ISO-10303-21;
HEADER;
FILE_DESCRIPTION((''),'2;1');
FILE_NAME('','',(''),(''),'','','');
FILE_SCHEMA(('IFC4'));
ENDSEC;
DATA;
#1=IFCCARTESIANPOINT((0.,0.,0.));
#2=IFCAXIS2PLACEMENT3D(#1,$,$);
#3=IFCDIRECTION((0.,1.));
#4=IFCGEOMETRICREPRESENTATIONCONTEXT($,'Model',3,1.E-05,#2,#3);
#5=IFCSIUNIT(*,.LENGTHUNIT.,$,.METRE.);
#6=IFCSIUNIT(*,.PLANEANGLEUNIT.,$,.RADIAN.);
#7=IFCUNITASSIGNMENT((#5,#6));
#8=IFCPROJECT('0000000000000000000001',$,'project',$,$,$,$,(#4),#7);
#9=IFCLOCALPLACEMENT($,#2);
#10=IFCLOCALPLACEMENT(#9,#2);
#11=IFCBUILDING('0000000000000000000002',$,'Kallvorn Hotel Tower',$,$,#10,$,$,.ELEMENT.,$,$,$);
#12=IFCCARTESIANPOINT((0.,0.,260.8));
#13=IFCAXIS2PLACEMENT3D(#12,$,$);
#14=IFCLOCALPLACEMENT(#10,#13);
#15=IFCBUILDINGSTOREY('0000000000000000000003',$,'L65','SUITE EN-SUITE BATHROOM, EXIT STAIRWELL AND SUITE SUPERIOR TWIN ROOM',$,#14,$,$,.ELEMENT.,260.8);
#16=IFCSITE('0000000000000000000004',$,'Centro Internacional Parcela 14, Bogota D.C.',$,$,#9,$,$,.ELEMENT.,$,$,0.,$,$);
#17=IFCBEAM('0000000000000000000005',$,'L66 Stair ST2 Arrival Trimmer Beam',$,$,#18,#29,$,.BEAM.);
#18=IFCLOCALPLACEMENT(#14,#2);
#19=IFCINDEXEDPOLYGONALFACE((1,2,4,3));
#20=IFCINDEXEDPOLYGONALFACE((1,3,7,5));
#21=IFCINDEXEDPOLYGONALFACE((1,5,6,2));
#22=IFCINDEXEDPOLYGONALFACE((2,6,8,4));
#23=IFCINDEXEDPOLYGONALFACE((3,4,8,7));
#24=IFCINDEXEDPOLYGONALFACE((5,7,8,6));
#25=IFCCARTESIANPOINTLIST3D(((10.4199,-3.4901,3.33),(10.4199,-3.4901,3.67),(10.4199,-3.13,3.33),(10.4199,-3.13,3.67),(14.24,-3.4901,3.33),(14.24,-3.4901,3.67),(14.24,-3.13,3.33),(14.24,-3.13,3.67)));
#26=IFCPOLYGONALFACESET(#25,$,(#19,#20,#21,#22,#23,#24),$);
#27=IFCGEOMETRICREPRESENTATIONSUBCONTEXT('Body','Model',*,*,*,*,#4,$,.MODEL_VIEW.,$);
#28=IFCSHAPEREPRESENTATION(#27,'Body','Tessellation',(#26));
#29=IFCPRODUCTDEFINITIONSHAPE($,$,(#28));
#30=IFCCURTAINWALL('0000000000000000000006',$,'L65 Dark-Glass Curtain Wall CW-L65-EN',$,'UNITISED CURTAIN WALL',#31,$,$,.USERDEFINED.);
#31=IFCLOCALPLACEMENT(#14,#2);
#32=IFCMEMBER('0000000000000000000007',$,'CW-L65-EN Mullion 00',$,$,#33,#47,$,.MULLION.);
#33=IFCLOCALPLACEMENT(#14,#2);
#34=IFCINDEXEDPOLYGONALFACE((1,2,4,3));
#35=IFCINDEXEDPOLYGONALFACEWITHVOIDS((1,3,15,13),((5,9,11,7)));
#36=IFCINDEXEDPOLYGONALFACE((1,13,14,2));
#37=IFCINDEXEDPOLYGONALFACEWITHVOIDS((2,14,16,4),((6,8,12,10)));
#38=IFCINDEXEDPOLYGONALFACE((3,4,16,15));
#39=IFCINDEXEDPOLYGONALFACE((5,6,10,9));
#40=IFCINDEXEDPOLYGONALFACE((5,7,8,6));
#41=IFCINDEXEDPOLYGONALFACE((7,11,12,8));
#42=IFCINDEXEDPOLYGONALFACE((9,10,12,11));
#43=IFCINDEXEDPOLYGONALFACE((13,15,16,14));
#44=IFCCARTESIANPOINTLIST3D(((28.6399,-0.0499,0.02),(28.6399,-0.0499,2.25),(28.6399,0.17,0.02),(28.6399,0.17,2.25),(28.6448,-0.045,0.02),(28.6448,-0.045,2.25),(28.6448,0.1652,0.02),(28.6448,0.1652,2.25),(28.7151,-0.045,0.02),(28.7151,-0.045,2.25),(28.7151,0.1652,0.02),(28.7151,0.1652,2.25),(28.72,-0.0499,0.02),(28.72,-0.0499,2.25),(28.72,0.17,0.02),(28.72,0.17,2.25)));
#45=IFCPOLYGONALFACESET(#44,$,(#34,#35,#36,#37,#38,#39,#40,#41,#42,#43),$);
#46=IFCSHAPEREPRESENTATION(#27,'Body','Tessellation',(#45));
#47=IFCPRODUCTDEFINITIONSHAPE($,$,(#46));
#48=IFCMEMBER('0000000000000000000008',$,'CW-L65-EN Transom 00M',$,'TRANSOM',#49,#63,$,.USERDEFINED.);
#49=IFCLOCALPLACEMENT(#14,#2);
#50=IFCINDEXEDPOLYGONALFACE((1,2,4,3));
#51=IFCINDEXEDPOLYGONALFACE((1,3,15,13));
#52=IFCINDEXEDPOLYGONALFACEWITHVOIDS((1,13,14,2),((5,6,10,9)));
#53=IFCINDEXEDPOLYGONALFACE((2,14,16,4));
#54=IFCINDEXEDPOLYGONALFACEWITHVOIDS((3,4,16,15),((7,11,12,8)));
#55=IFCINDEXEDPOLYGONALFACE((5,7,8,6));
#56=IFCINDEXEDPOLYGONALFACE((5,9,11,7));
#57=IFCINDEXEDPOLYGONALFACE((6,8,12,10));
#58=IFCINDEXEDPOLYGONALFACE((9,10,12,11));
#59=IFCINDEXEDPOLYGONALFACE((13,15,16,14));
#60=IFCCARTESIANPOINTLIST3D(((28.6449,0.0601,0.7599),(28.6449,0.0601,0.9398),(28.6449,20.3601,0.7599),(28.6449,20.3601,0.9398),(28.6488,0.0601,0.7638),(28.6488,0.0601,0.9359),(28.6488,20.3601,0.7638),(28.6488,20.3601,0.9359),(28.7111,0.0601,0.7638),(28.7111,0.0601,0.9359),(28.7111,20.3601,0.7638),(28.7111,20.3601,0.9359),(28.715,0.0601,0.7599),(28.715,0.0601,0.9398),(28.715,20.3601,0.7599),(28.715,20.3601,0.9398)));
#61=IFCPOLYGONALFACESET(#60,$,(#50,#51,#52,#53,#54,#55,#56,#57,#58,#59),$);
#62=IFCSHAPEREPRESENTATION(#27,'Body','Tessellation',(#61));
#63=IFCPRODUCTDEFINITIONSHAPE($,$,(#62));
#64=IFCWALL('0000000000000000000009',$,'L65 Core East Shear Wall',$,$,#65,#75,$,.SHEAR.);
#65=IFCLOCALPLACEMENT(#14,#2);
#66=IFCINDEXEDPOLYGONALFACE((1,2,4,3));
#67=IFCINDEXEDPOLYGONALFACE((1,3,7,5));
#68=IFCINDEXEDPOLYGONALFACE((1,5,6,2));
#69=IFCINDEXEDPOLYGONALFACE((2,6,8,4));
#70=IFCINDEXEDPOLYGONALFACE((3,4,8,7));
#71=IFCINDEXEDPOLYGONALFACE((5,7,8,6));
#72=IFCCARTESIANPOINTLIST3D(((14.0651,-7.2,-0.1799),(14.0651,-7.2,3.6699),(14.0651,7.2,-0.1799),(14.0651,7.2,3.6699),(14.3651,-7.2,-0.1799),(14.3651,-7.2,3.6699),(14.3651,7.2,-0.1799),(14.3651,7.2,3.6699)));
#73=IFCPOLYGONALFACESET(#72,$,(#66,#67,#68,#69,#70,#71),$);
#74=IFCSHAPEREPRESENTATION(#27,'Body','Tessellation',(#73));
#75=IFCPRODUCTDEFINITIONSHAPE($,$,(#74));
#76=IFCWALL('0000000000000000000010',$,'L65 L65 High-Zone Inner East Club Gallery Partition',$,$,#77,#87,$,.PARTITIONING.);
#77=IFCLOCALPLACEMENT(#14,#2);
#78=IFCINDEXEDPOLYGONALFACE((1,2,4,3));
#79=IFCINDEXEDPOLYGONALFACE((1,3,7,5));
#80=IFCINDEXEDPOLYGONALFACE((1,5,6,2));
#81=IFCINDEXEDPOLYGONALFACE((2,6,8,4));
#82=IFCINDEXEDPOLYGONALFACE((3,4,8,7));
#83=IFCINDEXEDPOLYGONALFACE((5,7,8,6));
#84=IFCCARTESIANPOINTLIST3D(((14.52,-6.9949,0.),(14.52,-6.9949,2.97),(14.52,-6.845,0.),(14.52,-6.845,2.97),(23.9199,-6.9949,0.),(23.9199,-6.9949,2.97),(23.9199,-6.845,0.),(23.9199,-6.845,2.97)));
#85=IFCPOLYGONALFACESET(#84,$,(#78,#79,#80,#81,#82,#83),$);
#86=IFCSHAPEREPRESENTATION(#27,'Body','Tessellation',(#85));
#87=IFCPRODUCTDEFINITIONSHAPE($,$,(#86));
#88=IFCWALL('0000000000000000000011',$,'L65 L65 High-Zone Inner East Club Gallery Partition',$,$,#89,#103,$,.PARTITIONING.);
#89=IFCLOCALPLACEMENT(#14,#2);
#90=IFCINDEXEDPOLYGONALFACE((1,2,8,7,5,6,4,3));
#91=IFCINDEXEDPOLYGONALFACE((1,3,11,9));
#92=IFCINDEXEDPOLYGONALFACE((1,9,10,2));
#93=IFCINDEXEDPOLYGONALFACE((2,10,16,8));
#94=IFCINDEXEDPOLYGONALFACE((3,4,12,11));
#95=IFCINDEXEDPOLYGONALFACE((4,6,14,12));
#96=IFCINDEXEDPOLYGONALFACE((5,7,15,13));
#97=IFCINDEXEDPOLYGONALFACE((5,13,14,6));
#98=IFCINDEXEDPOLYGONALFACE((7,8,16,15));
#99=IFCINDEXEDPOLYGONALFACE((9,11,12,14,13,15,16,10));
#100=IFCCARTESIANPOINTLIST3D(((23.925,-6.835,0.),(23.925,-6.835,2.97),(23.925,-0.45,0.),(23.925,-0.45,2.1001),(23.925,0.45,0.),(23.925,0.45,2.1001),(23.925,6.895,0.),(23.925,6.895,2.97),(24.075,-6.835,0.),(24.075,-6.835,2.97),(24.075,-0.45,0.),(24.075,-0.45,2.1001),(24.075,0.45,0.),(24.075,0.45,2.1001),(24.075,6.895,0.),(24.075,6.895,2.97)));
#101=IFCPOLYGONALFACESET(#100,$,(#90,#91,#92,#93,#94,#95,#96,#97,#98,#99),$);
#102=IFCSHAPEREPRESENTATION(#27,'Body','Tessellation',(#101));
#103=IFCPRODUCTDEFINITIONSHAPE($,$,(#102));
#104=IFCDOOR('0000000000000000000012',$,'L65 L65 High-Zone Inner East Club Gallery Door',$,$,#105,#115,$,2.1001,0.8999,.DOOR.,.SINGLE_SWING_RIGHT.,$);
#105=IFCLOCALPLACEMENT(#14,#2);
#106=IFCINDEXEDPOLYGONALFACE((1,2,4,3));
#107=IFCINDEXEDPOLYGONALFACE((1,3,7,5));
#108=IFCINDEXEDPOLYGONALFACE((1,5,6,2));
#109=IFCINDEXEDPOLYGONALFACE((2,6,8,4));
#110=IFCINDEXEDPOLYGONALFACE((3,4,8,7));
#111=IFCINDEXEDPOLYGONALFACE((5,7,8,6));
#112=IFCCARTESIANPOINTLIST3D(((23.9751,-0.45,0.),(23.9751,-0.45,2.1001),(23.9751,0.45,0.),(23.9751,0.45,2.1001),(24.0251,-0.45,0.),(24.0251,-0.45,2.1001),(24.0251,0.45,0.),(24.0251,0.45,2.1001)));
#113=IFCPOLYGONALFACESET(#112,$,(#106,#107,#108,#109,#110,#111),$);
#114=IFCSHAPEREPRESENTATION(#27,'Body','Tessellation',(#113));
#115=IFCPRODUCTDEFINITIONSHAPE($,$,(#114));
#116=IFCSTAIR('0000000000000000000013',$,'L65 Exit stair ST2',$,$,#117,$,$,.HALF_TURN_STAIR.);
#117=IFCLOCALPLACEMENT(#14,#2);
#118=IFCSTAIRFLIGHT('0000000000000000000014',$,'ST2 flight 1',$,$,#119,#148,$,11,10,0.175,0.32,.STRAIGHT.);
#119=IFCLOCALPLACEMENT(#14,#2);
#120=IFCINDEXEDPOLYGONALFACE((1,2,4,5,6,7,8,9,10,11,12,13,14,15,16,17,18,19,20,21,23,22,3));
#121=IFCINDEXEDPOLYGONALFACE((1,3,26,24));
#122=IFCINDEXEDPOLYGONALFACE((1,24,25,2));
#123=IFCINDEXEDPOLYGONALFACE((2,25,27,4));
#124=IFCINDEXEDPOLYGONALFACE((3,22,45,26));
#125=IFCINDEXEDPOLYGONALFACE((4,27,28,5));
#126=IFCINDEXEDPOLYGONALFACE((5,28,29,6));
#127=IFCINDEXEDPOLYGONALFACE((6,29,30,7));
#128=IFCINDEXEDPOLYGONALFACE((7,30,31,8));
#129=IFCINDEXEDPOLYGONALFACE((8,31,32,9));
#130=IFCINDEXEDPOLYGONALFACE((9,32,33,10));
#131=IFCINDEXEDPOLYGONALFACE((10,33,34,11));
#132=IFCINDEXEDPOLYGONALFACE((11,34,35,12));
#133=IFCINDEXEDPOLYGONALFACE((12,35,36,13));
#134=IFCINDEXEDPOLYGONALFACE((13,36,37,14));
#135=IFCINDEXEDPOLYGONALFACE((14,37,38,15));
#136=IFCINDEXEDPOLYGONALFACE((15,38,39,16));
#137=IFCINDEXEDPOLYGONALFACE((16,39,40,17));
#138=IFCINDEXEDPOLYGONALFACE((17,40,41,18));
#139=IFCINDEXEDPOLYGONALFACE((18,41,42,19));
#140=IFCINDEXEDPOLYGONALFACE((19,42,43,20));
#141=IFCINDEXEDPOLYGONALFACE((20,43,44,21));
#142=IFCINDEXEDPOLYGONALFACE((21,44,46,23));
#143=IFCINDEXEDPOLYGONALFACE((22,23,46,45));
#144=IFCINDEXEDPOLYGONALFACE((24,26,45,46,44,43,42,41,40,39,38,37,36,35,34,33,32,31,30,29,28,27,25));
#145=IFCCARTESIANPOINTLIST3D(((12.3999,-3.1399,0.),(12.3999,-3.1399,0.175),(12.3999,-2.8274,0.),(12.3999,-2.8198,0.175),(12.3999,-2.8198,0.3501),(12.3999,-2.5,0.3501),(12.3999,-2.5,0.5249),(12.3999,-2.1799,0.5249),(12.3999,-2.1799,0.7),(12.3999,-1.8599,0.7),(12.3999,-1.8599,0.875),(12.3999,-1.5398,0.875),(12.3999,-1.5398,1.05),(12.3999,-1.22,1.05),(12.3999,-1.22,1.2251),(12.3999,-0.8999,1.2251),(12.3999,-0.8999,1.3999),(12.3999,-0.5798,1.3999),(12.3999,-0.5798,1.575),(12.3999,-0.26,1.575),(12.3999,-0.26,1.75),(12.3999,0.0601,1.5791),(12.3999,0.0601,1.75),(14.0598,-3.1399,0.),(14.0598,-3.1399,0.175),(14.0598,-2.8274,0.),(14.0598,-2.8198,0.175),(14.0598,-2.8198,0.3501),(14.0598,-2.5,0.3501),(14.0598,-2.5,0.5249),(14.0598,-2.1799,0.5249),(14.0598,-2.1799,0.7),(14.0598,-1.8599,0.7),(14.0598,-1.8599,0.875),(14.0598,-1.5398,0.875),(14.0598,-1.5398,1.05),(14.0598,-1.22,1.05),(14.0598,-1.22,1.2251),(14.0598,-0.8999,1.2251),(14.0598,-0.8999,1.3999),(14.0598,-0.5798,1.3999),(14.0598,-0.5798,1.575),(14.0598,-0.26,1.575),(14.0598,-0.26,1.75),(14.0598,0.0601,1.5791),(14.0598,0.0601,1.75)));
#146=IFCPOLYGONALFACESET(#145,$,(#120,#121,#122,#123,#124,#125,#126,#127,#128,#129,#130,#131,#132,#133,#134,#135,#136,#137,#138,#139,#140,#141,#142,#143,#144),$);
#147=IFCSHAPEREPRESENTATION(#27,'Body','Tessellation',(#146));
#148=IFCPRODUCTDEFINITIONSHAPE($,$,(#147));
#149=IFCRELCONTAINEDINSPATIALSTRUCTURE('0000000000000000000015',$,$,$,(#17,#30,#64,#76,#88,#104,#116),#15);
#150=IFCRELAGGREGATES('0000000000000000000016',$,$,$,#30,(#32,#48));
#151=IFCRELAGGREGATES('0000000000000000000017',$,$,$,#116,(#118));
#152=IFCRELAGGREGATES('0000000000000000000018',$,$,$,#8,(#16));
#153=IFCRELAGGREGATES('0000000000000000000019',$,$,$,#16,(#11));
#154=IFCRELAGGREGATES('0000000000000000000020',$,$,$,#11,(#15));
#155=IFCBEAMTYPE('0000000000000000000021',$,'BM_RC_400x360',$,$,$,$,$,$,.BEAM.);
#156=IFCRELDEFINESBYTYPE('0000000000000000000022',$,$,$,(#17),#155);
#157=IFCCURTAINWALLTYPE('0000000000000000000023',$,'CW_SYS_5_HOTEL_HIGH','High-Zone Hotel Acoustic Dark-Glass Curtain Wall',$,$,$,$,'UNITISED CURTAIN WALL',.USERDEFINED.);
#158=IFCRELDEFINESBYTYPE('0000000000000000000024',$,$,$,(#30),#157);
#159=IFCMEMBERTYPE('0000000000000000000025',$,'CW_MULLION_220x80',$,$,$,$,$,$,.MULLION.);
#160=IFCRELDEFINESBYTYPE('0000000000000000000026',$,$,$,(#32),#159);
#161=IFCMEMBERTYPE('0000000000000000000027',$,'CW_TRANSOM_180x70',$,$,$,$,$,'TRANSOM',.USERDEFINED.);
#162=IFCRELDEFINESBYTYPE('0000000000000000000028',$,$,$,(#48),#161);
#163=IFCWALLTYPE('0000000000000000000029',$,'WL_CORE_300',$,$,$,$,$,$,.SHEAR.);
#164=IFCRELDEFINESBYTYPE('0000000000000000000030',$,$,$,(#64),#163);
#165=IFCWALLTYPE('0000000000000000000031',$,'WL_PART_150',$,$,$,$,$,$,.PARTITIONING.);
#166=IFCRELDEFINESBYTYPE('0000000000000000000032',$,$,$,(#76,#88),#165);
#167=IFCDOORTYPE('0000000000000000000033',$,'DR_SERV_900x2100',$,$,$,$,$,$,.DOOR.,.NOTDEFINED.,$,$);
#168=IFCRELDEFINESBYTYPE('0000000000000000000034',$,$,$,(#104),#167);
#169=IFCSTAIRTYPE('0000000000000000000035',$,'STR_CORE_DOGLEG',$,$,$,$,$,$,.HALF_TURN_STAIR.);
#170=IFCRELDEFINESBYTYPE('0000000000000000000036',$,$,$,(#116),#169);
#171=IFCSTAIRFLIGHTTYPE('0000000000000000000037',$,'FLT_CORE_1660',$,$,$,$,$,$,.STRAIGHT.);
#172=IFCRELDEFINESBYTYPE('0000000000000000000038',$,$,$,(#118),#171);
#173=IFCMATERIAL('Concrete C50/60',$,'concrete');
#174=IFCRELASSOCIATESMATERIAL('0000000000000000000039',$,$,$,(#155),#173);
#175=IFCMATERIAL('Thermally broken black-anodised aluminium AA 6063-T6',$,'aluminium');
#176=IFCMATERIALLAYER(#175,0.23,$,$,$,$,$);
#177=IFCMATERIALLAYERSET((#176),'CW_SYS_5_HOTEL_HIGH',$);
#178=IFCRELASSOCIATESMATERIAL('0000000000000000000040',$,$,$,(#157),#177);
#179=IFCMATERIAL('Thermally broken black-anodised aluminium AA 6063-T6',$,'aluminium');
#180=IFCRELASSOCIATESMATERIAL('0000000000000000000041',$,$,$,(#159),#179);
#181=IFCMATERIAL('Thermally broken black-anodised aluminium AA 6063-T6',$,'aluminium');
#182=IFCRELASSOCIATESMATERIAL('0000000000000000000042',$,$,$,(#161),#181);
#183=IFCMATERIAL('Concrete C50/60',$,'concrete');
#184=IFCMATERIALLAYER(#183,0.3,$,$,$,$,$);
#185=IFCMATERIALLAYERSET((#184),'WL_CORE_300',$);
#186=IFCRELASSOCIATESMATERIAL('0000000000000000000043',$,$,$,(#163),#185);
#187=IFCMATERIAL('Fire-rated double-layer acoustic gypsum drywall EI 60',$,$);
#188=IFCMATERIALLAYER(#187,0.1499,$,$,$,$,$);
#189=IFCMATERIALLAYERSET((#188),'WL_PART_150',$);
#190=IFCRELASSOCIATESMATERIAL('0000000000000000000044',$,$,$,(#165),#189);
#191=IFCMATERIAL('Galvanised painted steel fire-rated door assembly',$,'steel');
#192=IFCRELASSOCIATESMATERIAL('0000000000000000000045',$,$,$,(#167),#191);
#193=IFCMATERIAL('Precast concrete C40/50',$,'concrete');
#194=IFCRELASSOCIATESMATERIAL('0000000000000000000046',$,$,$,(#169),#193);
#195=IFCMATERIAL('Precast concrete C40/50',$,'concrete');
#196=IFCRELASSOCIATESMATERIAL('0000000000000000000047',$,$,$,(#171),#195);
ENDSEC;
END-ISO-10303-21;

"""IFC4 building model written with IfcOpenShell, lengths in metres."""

from ifc_helpers import new_model, si_unit, direction, frame, frame_2d, origin, origin_2d, place, context, subcontext, project, spatial, polyline, rectangle, hollow_rectangle, outline, extrude, material, layer, layer_set, material_profile, profile_set, type_object, element, fill, aggregate, save


model = new_model("IFC4")

# Units and contexts
model_context = context("Model", 3, precision=1e-05, world=origin(), true_north=direction((0.0, 1.0)))
body_context = subcontext(model_context, "Body", "Model", "MODEL_VIEW")
ifc_project = project(units=[si_unit("LENGTHUNIT", "METRE"), si_unit("PLANEANGLEUNIT", "RADIAN")], contexts=[model_context])

# Site, building, storey
site_placement = place(None, origin())
site = spatial("IfcSite", under=ifc_project, at=site_placement, Name="Centro Internacional Parcela 14, Bogota D.C.", CompositionType="ELEMENT", RefElevation=0.0)
building_placement = place(site_placement, origin())
building = spatial("IfcBuilding", under=site, at=building_placement, Name="Kallvorn Hotel Tower", CompositionType="ELEMENT")
storey_placement = place(building_placement, frame((0.0, 0.0, 260.8)))
storey = spatial("IfcBuildingStorey", under=building, at=storey_placement, Name="L65", Description="SUITE EN-SUITE BATHROOM, EXIT STAIRWELL AND SUITE SUPERIOR TWIN ROOM", CompositionType="ELEMENT", Elevation=260.8)

# Beam
ifc_material_1 = material(Name="Concrete C50/60", Category="concrete")
ifc_material_profile_1 = material_profile(ifc_material_1, rectangle(XDim=0.3601, YDim=0.3401, at=origin_2d()), Name="RC 360x340")
ifc_profile_set_1 = profile_set([ifc_material_profile_1], Name="Concrete C50/60")
beam_type_1 = type_object("IfcBeamType", Name="BM_RC_400x360", PredefinedType="BEAM", material=ifc_profile_set_1)
beam_1_placement = place(storey_placement, frame((14.24, -3.3101, 3.5), z_axis=(-1.0, 0.0, 0.0), x_axis=(0.0, -1.0, 0.0)))
element("IfcBeam", 1, at=beam_1_placement, inside=storey, type_object=beam_type_1, Name="L66 Stair ST2 Arrival Trimmer Beam", PredefinedType="BEAM", context=body_context, shape_type="SweptSolid", body=[
    extrude(rectangle(XDim=0.3601, YDim=0.3401, at=origin_2d()), origin(), (0.0, 0.0, 1.0), 3.8201),
])

# Curtain wall, members
ifc_material_2 = material(Name="Thermally broken black-anodised aluminium AA 6063-T6", Category="aluminium")
ifc_layer_1 = layer(ifc_material_2, 0.23)
ifc_layer_set_1 = layer_set([ifc_layer_1], Name="CW_SYS_5_HOTEL_HIGH")
curtain_wall_type = type_object("IfcCurtainWallType", Name="CW_SYS_5_HOTEL_HIGH", Description="High-Zone Hotel Acoustic Dark-Glass Curtain Wall", ElementType="UNITISED CURTAIN WALL", PredefinedType="USERDEFINED", material=ifc_layer_set_1)
curtain_wall_placement = place(storey_placement, origin())
curtain_wall = element("IfcCurtainWall", 2, at=curtain_wall_placement, inside=storey, type_object=curtain_wall_type, Name="L65 Dark-Glass Curtain Wall CW-L65-EN", ObjectType="UNITISED CURTAIN WALL", PredefinedType="USERDEFINED")
ifc_material_3 = material(Name="Thermally broken black-anodised aluminium AA 6063-T6", Category="aluminium")
ifc_material_profile_2 = material_profile(ifc_material_3, hollow_rectangle(XDim=0.0801, YDim=0.22, WallThickness=0.0049, at=origin_2d()), Name="MUL 220x80")
ifc_profile_set_2 = profile_set([ifc_material_profile_2], Name="Thermally broken black-anodised aluminium AA 6063-T6")
member_type_1 = type_object("IfcMemberType", Name="CW_MULLION_220x80", PredefinedType="MULLION", material=ifc_profile_set_2)
member_1_placement = place(storey_placement, frame((28.6799, 0.0601, 0.02), z_axis=(0.0, 0.0, 1.0), x_axis=(1.0, 0.0, 0.0)))
member_1 = element("IfcMember", 3, at=member_1_placement, type_object=member_type_1, Name="CW-L65-EN Mullion 00", PredefinedType="MULLION", context=body_context, shape_type="SweptSolid", body=[
    extrude(hollow_rectangle(XDim=0.0801, YDim=0.22, WallThickness=0.0049, at=origin_2d()), origin(), (0.0, 0.0, 1.0), 2.23),
])
ifc_material_4 = material(Name="Thermally broken black-anodised aluminium AA 6063-T6", Category="aluminium")
ifc_material_profile_3 = material_profile(ifc_material_4, hollow_rectangle(XDim=0.0701, YDim=0.1799, WallThickness=0.0039, at=origin_2d()), Name="TRN 180x70")
ifc_profile_set_3 = profile_set([ifc_material_profile_3], Name="Thermally broken black-anodised aluminium AA 6063-T6")
member_type_2 = type_object("IfcMemberType", Name="CW_TRANSOM_180x70", ElementType="TRANSOM", PredefinedType="USERDEFINED", material=ifc_profile_set_3)
member_2_placement = place(storey_placement, frame((28.6799, 0.0601, 0.8499), z_axis=(0.0, 1.0, 0.0), x_axis=(-1.0, 0.0, 0.0)))
member_2 = element("IfcMember", 4, at=member_2_placement, type_object=member_type_2, Name="CW-L65-EN Transom 00M", ObjectType="TRANSOM", PredefinedType="USERDEFINED", context=body_context, shape_type="SweptSolid", body=[
    extrude(hollow_rectangle(XDim=0.0701, YDim=0.1799, WallThickness=0.0039, at=origin_2d()), origin(), (0.0, 0.0, 1.0), 20.3),
])
aggregate(curtain_wall, [member_1, member_2])

# Walls
ifc_material_5 = material(Name="Concrete C50/60", Category="concrete")
ifc_layer_2 = layer(ifc_material_5, 0.3)
ifc_layer_set_2 = layer_set([ifc_layer_2], Name="WL_CORE_300")
wall_type_1 = type_object("IfcWallType", Name="WL_CORE_300", PredefinedType="SHEAR", material=ifc_layer_set_2)
wall_1_placement = place(storey_placement, frame((14.2151, -7.2, -0.1799), z_axis=(0.0, 0.0, 1.0), x_axis=(0.0, 1.0, 0.0)))
element("IfcWall", 5, at=wall_1_placement, inside=storey, type_object=wall_type_1, Name="L65 Core East Shear Wall", PredefinedType="SHEAR", context=body_context, shape_type="SweptSolid", body=[
    extrude(rectangle(XDim=14.3999, YDim=0.3, at=frame_2d((7.2, 0.0))), origin(), (0.0, 0.0, 1.0), 3.8499),
])
ifc_material_6 = material(Name="Fire-rated double-layer acoustic gypsum drywall EI 60")
ifc_layer_3 = layer(ifc_material_6, 0.1499)
ifc_layer_set_3 = layer_set([ifc_layer_3], Name="WL_PART_150")
wall_type_2 = type_object("IfcWallType", Name="WL_PART_150", PredefinedType="PARTITIONING", material=ifc_layer_set_3)
wall_2_placement = place(storey_placement, frame((14.52, -6.9199, 0.0), z_axis=(0.0, 0.0, 1.0), x_axis=(1.0, 0.0, 0.0)))
element("IfcWall", 6, at=wall_2_placement, inside=storey, type_object=wall_type_2, Name="L65 L65 High-Zone Inner East Club Gallery Partition", PredefinedType="PARTITIONING", context=body_context, shape_type="SweptSolid", body=[
    extrude(rectangle(XDim=9.3999, YDim=0.1499, at=frame_2d((4.7, 0.0))), origin(), (0.0, 0.0, 1.0), 2.97),
])

# Wall, opening, door
wall_3_placement = place(storey_placement, frame((24.0, -6.835, 0.0), z_axis=(0.0, 0.0, 1.0), x_axis=(0.0, 1.0, 0.0)))
wall_3 = element("IfcWall", 7, at=wall_3_placement, inside=storey, type_object=wall_type_2, Name="L65 L65 High-Zone Inner East Club Gallery Partition", PredefinedType="PARTITIONING", context=body_context, shape_type="SweptSolid", body=[
    extrude(rectangle(XDim=13.73, YDim=0.1499, at=frame_2d((6.865, 0.0))), origin(), (0.0, 0.0, 1.0), 2.97),
])
opening_placement = place(wall_3_placement, frame((6.385, 0.0, 0.0)))
opening = element("IfcOpeningElement", 8, at=opening_placement, cuts=wall_3, PredefinedType="OPENING", context=body_context, shape_type="SweptSolid", body=[
    extrude(rectangle(XDim=0.8999, YDim=2.1001, at=frame_2d((0.45, 1.05))), frame((0.0, 0.0898, 0.0), z_axis=(0.0, -1.0, 0.0), x_axis=(1.0, 0.0, 0.0)), (0.0, 0.0, 1.0), 0.1799),
])
ifc_material_7 = material(Name="Galvanised painted steel fire-rated door assembly", Category="steel")
door_type = type_object("IfcDoorType", Name="DR_SERV_900x2100", OperationType="NOTDEFINED", PredefinedType="DOOR", material=ifc_material_7)
door_placement = place(opening_placement, origin())
door = element("IfcDoor", 9, at=door_placement, inside=storey, type_object=door_type, Name="L65 L65 High-Zone Inner East Club Gallery Door", OperationType="SINGLE_SWING_RIGHT", OverallHeight=2.1001, OverallWidth=0.8999, PredefinedType="DOOR", context=body_context, shape_type="SweptSolid", body=[
    extrude(rectangle(XDim=0.8999, YDim=2.1001, at=frame_2d((0.45, 1.05))), frame((0.0, 0.0249, 0.0), z_axis=(0.0, -1.0, 0.0), x_axis=(1.0, 0.0, 0.0)), (0.0, 0.0, 1.0), 0.05),
])
fill(opening, door)

# Stair, stair flight
ifc_material_8 = material(Name="Precast concrete C40/50", Category="concrete")
stair_type = type_object("IfcStairType", Name="STR_CORE_DOGLEG", PredefinedType="HALF_TURN_STAIR", material=ifc_material_8)
stair_placement = place(storey_placement, origin())
stair = element("IfcStair", 10, at=stair_placement, inside=storey, type_object=stair_type, Name="L65 Exit stair ST2", PredefinedType="HALF_TURN_STAIR")
ifc_material_9 = material(Name="Precast concrete C40/50", Category="concrete")
stair_flight_type = type_object("IfcStairFlightType", Name="FLT_CORE_1660", PredefinedType="STRAIGHT", material=ifc_material_9)
stair_flight_placement = place(storey_placement, frame((13.23, -3.1399, 0.0), z_axis=(0.0, 0.0, 1.0), x_axis=(0.0, 1.0, 0.0)))
stair_flight = element("IfcStairFlight", 11, at=stair_flight_placement, type_object=stair_flight_type, Name="ST2 flight 1", NumberOfRisers=11, NumberOfTreads=10, PredefinedType="STRAIGHT", RiserHeight=0.175, TreadLength=0.32, context=body_context, shape_type="SweptSolid", body=[
    extrude(outline(polyline([(0.0, 0.0), (0.0, 0.175), (0.3201, 0.175), (0.3201, 0.3501), (0.6399, 0.3501), (0.6399, 0.5249), (0.96, 0.5249), (0.96, 0.7), (1.28, 0.7), (1.28, 0.875), (1.6001, 0.875), (1.6001, 1.05), (1.9199, 1.05), (1.9199, 1.2251), (2.24, 1.2251), (2.24, 1.3999), (2.5601, 1.3999), (2.5601, 1.575), (2.8799, 1.575), (2.8799, 1.75), (3.2, 1.75), (3.2, 1.925), (3.2, 1.5791), (0.3125, 0.0), (0.0, 0.0)])), frame((0.0, 0.8301, 0.0), z_axis=(0.0, -1.0, 0.0), x_axis=(1.0, 0.0, 0.0)), (0.0, 0.0, 1.0), 1.6599),
])
aggregate(stair, [stair_flight])

save(model, "model.ifc")
